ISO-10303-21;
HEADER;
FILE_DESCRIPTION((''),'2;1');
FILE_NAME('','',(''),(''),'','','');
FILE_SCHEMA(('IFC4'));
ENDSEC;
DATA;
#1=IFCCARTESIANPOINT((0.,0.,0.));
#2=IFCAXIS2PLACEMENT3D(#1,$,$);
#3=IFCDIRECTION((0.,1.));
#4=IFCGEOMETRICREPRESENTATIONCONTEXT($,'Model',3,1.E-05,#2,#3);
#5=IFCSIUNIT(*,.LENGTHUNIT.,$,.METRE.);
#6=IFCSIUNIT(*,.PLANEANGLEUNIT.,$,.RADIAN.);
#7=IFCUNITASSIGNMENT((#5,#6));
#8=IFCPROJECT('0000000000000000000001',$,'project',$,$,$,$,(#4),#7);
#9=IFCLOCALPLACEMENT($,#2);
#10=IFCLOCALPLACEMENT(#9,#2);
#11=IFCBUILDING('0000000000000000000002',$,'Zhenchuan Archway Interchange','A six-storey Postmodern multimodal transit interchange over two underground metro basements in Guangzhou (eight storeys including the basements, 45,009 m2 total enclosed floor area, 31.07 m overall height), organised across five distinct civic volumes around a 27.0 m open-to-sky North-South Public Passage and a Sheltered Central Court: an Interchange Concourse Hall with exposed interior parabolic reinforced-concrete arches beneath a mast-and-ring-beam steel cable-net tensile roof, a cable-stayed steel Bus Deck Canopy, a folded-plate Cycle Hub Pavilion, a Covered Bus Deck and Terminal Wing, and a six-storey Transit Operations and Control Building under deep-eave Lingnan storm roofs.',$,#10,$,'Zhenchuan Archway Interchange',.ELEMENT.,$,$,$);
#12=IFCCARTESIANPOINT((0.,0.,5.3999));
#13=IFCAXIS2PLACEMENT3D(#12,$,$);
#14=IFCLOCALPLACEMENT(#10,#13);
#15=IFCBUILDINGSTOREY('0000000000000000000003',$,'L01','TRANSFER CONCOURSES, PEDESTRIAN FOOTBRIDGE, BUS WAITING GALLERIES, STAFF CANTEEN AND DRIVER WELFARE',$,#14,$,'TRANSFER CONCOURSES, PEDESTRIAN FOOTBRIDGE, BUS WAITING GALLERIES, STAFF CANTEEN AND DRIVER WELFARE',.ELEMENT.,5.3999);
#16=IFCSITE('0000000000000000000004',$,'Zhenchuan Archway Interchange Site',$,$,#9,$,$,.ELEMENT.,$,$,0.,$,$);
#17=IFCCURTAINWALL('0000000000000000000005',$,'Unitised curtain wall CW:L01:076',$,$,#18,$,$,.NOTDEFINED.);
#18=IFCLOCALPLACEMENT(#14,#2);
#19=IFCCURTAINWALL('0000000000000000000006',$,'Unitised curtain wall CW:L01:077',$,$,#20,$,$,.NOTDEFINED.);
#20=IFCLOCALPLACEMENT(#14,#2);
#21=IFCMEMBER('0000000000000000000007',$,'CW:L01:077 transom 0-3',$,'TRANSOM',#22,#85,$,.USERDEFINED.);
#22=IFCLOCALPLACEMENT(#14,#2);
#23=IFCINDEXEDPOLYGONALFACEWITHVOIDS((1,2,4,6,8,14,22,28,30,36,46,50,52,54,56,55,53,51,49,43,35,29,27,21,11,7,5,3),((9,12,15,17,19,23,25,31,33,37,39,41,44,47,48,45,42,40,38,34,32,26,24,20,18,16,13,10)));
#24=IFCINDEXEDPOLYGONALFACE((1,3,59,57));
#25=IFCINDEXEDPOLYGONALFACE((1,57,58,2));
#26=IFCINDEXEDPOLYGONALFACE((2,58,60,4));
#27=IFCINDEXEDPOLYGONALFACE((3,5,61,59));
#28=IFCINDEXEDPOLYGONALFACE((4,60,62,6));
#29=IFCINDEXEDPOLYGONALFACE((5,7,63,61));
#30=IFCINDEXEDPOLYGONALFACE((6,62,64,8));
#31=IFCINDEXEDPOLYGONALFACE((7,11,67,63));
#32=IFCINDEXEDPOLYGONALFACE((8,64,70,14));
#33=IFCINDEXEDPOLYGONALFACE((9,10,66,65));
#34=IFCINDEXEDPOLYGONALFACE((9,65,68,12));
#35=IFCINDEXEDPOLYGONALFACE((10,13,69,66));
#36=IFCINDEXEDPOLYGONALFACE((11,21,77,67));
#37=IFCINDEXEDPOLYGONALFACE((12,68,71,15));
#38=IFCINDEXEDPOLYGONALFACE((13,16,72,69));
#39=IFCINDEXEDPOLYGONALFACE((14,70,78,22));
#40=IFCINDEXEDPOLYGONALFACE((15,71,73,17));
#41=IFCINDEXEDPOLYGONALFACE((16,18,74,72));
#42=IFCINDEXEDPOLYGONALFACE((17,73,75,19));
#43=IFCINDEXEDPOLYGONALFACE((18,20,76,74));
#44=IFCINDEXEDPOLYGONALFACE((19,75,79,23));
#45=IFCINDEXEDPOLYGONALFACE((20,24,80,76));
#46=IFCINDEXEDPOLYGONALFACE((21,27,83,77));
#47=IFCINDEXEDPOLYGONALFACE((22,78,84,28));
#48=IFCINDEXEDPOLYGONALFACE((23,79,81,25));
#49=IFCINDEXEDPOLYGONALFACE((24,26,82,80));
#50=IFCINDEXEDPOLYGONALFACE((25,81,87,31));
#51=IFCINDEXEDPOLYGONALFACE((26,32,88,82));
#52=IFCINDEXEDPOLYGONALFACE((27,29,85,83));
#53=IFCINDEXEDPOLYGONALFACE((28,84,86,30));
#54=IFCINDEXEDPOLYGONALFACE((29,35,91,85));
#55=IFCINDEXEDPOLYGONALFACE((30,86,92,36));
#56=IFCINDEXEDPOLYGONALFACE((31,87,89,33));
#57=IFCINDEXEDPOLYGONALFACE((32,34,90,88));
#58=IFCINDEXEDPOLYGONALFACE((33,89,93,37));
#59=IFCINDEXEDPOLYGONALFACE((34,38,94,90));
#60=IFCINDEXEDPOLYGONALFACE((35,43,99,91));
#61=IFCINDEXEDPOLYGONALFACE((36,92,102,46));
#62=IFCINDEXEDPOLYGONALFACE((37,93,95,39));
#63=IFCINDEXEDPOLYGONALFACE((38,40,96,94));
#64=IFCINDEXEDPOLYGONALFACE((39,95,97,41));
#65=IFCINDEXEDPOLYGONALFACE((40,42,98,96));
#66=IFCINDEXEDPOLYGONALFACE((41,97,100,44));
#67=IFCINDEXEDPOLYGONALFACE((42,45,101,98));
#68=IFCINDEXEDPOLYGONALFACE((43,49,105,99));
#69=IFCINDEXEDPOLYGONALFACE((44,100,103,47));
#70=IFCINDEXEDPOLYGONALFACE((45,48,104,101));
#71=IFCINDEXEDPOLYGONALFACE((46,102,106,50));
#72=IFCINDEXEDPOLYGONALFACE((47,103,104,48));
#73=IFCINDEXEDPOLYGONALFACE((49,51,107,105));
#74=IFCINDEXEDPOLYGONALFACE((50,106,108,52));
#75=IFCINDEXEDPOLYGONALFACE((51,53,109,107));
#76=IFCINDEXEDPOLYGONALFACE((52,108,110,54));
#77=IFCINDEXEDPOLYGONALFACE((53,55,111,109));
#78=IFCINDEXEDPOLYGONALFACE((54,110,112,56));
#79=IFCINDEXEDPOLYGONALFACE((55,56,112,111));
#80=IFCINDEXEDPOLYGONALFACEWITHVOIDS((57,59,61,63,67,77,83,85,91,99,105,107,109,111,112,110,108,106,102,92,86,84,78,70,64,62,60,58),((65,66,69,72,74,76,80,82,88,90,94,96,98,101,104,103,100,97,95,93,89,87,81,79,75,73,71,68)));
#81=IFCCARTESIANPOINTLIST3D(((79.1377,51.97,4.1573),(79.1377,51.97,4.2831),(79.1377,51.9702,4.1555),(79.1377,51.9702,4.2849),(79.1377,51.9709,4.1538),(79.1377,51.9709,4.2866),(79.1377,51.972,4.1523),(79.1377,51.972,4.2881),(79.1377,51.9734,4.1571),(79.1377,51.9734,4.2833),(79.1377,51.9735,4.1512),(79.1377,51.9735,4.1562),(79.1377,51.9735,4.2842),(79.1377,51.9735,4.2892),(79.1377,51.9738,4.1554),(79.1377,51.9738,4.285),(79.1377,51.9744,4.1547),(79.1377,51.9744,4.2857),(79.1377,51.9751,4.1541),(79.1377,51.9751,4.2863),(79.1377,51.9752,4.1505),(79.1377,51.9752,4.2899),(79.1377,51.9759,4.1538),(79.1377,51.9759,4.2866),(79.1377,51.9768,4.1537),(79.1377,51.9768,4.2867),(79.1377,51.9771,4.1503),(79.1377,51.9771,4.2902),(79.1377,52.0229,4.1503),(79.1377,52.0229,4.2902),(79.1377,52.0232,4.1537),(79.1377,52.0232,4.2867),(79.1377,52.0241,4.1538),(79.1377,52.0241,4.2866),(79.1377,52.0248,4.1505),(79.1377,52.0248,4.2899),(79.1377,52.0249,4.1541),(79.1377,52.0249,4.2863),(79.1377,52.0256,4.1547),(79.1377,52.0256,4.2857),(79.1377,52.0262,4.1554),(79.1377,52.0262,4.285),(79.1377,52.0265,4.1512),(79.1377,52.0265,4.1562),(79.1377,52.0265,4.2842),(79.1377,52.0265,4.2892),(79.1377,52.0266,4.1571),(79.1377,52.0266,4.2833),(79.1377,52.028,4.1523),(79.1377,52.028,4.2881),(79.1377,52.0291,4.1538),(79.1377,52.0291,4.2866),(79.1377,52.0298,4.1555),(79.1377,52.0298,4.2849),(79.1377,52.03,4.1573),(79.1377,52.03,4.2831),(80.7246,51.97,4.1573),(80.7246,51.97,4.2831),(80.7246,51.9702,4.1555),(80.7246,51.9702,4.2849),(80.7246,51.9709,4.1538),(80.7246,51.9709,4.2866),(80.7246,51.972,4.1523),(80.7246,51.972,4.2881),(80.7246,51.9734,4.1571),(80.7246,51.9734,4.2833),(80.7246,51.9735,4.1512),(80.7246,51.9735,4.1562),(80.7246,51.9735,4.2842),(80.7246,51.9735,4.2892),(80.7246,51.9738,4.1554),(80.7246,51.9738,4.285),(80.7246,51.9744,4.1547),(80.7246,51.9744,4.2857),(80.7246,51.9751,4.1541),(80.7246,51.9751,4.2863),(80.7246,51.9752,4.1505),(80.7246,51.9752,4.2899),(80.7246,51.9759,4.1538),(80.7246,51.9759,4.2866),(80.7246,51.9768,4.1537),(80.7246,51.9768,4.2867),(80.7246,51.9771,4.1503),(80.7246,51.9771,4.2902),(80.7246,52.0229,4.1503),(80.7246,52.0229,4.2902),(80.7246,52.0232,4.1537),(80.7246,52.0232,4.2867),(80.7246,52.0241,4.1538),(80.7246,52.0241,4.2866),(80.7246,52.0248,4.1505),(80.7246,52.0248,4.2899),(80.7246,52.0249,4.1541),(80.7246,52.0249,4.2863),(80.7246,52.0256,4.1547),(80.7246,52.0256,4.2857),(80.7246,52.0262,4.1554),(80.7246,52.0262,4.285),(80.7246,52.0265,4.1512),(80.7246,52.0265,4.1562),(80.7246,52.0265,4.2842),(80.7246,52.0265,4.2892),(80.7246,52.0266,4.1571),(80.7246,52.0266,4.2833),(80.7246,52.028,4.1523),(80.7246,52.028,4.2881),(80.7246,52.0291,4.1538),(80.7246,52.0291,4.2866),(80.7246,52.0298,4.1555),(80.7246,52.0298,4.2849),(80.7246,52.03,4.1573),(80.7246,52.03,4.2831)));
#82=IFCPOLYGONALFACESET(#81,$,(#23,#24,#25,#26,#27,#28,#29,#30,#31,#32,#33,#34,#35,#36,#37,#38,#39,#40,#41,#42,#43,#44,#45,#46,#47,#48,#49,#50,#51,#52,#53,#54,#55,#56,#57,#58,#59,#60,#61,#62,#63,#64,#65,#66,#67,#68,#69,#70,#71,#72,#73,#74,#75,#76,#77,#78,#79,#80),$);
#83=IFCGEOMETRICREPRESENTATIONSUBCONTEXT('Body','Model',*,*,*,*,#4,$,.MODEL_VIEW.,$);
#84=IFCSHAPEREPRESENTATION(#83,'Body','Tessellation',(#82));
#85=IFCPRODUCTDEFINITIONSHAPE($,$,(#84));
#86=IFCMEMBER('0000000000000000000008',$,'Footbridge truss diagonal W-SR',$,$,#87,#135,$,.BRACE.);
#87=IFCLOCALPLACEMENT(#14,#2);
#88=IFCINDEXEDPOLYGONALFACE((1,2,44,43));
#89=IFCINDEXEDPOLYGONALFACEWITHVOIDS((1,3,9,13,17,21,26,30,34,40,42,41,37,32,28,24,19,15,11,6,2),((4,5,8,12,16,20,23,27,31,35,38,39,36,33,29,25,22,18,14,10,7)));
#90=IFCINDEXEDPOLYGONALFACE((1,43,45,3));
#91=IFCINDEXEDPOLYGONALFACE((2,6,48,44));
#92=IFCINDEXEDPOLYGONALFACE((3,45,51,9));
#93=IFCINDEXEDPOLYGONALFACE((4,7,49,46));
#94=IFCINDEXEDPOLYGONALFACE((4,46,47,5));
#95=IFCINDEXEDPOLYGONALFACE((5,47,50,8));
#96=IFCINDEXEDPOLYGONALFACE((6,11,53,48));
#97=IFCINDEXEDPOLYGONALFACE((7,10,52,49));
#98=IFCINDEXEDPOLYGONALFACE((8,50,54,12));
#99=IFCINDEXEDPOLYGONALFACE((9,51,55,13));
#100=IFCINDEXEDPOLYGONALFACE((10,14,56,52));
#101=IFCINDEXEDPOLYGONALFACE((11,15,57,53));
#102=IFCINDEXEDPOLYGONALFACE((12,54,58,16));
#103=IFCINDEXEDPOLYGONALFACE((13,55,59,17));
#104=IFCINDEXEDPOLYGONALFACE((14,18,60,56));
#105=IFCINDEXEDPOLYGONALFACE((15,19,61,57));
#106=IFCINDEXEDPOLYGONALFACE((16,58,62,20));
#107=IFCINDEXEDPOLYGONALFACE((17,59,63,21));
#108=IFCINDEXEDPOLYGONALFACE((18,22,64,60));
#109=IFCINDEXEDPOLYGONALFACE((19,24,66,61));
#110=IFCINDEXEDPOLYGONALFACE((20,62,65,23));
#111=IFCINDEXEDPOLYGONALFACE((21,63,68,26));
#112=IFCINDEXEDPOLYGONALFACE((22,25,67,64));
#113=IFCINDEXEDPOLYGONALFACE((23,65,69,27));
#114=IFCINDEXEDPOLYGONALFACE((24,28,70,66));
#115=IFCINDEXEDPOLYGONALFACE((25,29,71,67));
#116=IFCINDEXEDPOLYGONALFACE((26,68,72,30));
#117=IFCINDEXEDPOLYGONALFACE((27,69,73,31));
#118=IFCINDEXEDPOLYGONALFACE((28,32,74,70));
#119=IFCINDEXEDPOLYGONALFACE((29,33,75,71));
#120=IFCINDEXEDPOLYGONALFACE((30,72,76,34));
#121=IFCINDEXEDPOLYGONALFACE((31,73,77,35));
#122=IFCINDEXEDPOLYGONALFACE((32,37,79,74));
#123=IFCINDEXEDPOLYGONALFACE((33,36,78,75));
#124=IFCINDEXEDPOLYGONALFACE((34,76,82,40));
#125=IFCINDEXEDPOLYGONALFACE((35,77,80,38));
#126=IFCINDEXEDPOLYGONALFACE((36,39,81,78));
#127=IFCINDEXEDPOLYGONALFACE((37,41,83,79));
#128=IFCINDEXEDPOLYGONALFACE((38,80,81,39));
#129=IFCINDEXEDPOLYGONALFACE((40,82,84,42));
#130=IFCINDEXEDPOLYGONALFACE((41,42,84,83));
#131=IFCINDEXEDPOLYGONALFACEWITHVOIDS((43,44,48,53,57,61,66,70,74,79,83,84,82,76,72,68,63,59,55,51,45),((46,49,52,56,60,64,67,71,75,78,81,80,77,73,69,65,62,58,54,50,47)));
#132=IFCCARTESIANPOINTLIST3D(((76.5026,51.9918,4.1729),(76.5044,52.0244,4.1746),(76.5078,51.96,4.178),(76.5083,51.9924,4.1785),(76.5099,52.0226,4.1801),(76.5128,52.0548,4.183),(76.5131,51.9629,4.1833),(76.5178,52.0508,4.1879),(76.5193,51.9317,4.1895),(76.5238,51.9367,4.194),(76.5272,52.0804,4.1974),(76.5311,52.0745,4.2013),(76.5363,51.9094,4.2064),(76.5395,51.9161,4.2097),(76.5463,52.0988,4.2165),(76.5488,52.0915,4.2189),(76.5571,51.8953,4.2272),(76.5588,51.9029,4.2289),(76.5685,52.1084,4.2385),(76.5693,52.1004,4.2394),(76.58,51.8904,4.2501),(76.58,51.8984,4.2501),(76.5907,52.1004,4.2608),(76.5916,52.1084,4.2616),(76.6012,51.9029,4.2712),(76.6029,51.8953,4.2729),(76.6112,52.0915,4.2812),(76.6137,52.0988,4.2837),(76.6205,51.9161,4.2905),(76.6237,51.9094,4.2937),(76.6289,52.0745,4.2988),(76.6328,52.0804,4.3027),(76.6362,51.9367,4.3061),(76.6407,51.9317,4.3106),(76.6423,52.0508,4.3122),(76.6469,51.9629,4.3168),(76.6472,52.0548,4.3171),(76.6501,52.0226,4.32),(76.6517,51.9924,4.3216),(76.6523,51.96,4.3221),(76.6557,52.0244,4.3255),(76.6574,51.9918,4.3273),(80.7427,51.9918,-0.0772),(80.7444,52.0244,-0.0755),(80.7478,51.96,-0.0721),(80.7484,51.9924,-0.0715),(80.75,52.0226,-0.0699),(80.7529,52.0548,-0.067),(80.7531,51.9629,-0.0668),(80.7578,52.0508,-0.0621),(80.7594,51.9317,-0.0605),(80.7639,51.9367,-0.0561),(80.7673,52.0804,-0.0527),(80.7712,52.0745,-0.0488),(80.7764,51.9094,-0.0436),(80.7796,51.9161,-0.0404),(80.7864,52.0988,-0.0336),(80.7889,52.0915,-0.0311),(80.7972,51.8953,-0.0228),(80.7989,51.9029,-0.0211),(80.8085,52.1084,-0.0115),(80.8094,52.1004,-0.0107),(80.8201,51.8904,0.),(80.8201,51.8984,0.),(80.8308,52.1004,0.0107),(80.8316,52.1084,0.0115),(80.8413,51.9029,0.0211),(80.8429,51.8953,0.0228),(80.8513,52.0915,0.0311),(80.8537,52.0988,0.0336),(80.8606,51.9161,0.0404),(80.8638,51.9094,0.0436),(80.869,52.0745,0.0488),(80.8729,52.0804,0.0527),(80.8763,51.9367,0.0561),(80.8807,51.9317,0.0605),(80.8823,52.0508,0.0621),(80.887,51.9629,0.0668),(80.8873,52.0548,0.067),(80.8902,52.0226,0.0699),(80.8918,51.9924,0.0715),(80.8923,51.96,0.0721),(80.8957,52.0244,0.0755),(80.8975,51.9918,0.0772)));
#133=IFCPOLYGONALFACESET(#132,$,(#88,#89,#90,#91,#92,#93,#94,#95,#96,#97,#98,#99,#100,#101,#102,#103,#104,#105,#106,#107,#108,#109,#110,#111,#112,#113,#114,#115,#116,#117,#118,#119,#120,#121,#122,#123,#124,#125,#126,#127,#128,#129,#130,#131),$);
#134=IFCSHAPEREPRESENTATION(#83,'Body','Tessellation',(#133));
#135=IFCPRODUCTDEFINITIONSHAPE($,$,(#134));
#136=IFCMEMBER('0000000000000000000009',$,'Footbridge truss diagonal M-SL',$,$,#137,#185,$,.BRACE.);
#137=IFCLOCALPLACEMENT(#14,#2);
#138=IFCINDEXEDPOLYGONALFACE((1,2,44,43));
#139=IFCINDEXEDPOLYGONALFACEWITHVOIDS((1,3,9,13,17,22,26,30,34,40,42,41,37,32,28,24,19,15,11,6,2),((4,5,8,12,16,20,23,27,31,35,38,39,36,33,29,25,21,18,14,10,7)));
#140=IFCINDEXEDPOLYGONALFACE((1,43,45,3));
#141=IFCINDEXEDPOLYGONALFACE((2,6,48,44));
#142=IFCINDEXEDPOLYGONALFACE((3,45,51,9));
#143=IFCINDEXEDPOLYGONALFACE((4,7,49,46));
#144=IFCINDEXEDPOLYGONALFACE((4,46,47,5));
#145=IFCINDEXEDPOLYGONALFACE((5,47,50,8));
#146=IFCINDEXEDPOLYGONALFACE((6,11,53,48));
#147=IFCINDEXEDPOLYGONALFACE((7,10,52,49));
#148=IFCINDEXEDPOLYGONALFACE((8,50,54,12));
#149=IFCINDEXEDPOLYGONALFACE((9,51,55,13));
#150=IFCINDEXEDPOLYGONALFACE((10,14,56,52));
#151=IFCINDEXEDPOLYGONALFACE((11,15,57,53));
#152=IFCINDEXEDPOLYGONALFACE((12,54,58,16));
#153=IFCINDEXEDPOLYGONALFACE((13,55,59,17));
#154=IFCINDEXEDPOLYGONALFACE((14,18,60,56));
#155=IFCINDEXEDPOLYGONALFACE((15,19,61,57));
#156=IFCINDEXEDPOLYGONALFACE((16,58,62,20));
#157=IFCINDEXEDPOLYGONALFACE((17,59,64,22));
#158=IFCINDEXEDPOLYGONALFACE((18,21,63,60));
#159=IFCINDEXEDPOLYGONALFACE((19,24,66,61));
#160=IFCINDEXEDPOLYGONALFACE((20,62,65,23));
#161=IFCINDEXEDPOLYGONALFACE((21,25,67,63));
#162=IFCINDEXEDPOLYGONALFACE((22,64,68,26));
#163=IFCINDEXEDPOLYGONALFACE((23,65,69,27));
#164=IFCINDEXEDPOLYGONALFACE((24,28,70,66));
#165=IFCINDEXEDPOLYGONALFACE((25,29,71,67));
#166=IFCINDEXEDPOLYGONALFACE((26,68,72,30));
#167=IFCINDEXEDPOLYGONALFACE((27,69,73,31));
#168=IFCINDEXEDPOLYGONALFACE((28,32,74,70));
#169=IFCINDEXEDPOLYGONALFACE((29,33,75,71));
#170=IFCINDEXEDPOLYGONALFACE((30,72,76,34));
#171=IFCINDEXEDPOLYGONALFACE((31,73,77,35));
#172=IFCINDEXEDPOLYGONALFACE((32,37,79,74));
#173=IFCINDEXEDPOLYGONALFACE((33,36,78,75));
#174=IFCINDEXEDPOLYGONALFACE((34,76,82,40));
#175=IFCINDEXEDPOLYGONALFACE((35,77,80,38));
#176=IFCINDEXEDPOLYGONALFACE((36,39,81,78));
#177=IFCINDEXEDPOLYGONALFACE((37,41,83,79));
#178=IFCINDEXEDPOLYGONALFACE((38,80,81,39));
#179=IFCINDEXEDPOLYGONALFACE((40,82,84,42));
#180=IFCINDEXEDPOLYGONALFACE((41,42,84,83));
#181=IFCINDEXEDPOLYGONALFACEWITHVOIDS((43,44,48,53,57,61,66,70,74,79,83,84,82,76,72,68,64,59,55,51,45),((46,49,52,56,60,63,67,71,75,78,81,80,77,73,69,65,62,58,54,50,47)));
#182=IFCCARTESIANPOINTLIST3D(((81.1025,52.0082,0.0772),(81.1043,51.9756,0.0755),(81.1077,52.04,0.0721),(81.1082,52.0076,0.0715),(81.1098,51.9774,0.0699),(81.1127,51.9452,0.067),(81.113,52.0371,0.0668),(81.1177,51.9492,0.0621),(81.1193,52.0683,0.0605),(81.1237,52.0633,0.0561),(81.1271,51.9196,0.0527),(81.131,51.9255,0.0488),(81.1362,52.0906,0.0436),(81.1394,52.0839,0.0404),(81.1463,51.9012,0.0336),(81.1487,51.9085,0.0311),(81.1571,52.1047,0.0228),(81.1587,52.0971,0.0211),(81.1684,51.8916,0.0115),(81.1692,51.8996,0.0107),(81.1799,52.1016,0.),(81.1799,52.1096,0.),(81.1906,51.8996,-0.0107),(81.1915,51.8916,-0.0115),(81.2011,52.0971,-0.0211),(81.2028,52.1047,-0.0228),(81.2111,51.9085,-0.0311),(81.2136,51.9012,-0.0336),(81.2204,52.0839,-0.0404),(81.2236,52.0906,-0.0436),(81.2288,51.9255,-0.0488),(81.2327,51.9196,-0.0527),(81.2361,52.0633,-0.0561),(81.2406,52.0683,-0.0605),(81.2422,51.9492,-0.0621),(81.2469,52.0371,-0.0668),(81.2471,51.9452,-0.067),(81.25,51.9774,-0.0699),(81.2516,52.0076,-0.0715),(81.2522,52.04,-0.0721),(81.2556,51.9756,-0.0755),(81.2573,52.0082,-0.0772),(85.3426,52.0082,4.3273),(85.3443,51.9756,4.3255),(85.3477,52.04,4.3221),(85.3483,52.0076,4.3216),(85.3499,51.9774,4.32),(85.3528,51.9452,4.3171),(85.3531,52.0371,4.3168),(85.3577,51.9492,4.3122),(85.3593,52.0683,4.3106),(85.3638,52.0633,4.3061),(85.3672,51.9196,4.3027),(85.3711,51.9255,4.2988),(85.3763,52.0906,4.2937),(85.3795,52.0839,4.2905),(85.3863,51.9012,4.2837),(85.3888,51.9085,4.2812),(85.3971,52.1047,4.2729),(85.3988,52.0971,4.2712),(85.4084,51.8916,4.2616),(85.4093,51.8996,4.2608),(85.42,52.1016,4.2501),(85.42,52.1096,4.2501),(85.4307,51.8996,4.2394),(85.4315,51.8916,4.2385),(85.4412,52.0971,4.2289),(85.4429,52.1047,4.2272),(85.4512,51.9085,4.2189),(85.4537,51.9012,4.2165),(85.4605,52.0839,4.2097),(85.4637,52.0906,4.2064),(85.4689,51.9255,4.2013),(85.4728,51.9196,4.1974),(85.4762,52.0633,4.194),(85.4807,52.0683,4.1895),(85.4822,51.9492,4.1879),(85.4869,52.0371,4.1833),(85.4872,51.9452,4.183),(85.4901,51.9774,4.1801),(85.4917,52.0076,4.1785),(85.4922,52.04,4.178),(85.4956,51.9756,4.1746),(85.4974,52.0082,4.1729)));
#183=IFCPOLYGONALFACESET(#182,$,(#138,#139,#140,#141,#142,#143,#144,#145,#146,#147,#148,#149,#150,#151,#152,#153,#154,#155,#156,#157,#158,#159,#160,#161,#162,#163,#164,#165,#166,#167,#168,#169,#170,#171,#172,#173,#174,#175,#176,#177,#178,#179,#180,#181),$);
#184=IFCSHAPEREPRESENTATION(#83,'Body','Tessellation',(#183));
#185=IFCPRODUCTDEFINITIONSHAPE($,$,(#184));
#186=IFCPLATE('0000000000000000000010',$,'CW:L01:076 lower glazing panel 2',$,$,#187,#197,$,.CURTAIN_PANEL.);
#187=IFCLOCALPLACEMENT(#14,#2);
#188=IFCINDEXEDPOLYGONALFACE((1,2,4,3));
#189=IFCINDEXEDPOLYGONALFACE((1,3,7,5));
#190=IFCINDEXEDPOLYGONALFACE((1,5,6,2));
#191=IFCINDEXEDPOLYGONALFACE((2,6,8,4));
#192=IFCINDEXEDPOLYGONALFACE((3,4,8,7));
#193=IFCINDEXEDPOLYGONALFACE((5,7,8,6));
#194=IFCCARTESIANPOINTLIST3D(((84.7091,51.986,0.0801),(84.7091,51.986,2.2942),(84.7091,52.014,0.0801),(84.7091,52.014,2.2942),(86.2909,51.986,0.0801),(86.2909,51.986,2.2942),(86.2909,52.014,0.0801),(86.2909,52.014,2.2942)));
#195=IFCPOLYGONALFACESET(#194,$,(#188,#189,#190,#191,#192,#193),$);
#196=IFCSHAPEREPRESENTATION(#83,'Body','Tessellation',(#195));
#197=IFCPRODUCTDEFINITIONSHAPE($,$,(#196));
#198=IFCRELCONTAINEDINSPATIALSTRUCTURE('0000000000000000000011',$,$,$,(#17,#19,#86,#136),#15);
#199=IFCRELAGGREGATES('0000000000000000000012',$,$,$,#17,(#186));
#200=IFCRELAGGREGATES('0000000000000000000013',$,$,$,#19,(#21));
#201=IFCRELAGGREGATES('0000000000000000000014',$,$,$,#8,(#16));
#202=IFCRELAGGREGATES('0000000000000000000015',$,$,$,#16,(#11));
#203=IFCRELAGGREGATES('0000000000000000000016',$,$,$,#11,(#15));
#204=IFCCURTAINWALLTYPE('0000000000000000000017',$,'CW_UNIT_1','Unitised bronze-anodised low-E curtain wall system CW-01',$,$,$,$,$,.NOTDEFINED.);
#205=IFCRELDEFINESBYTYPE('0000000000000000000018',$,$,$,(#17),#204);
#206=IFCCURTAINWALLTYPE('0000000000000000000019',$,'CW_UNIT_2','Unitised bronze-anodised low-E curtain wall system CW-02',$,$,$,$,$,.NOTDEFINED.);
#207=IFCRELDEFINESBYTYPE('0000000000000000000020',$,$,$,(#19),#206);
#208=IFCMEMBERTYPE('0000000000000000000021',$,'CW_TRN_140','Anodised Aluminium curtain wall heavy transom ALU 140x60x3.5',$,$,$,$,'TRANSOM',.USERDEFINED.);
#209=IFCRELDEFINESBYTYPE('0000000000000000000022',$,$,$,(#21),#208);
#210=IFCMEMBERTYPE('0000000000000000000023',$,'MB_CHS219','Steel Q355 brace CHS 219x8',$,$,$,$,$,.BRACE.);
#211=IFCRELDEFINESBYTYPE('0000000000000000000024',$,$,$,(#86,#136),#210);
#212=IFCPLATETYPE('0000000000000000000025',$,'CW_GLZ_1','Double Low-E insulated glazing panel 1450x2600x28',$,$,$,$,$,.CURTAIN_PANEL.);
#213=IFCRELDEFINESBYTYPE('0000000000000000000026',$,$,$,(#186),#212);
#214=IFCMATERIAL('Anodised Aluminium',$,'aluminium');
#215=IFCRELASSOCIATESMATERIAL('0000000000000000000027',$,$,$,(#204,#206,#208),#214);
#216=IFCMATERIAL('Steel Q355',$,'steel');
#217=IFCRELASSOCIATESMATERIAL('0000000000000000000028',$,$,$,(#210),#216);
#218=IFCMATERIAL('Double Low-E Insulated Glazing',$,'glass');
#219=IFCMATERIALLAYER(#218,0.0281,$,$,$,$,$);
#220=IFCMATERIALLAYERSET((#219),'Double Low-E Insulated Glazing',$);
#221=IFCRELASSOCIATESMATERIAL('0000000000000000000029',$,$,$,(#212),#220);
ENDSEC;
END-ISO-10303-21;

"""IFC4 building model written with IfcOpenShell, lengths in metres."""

from ifc_helpers import new_model, si_unit, direction, frame, origin, origin_2d, place, context, subcontext, project, spatial, rectangle, hollow_rectangle, hollow_circle, extrude, material, layer, layer_set, material_profile, profile_set, type_object, element, aggregate, save


model = new_model("IFC4")

# Units and contexts
model_context = context("Model", 3, precision=1e-05, world=origin(), true_north=direction((0.0, 1.0)))
body_context = subcontext(model_context, "Body", "Model", "MODEL_VIEW")
ifc_project = project(units=[si_unit("LENGTHUNIT", "METRE"), si_unit("PLANEANGLEUNIT", "RADIAN")], contexts=[model_context])

# Site, building, storey
site_placement = place(None, origin())
site = spatial("IfcSite", under=ifc_project, at=site_placement, Name="Zhenchuan Archway Interchange Site", CompositionType="ELEMENT", RefElevation=0.0)
building_placement = place(site_placement, origin())
building = spatial("IfcBuilding", under=site, at=building_placement, Name="Zhenchuan Archway Interchange", Description="A six-storey Postmodern multimodal transit interchange over two underground metro basements in Guangzhou (eight storeys including the basements, 45,009 m2 total enclosed floor area, 31.07 m overall height), organised across five distinct civic volumes around a 27.0 m open-to-sky North-South Public Passage and a Sheltered Central Court: an Interchange Concourse Hall with exposed interior parabolic reinforced-concrete arches beneath a mast-and-ring-beam steel cable-net tensile roof, a cable-stayed steel Bus Deck Canopy, a folded-plate Cycle Hub Pavilion, a Covered Bus Deck and Terminal Wing, and a six-storey Transit Operations and Control Building under deep-eave Lingnan storm roofs.", LongName="Zhenchuan Archway Interchange", CompositionType="ELEMENT")
storey_placement = place(building_placement, frame((0.0, 0.0, 5.3999)))
storey = spatial("IfcBuildingStorey", under=building, at=storey_placement, Name="L01", Description="TRANSFER CONCOURSES, PEDESTRIAN FOOTBRIDGE, BUS WAITING GALLERIES, STAFF CANTEEN AND DRIVER WELFARE", LongName="TRANSFER CONCOURSES, PEDESTRIAN FOOTBRIDGE, BUS WAITING GALLERIES, STAFF CANTEEN AND DRIVER WELFARE", CompositionType="ELEMENT", Elevation=5.3999)

# Curtain wall
ifc_material_1 = material(Name="Anodised Aluminium", Category="aluminium")
curtain_wall_type_1 = type_object("IfcCurtainWallType", Name="CW_UNIT_1", Description="Unitised bronze-anodised low-E curtain wall system CW-01", PredefinedType="NOTDEFINED", material=ifc_material_1)
curtain_wall_1_placement = place(storey_placement, origin())
curtain_wall_1 = element("IfcCurtainWall", 1, at=curtain_wall_1_placement, inside=storey, type_object=curtain_wall_type_1, Name="Unitised curtain wall CW:L01:076", PredefinedType="NOTDEFINED")

# Curtain wall
curtain_wall_type_2 = type_object("IfcCurtainWallType", Name="CW_UNIT_2", Description="Unitised bronze-anodised low-E curtain wall system CW-02", PredefinedType="NOTDEFINED", material=ifc_material_1)
curtain_wall_2_placement = place(storey_placement, origin())
curtain_wall_2 = element("IfcCurtainWall", 2, at=curtain_wall_2_placement, inside=storey, type_object=curtain_wall_type_2, Name="Unitised curtain wall CW:L01:077", PredefinedType="NOTDEFINED")

# Member
ifc_material_profile_1 = material_profile(ifc_material_1, hollow_rectangle(XDim=0.0601, YDim=0.1399, WallThickness=0.0034, InnerFilletRadius=0.0034, OuterFilletRadius=0.0071, at=origin_2d()), Name="ALU 140x60x3.5")
ifc_profile_set_1 = profile_set([ifc_material_profile_1], Name="Anodised Aluminium")
member_type_1 = type_object("IfcMemberType", Name="CW_TRN_140", Description="Anodised Aluminium curtain wall heavy transom ALU 140x60x3.5", ElementType="TRANSOM", PredefinedType="USERDEFINED", material=ifc_profile_set_1)
member_1_placement = place(storey_placement, frame((80.7246, 52.0, 4.2202), z_axis=(-1.0, 0.0, 0.0), x_axis=(0.0, -1.0, 0.0)))
member_1 = element("IfcMember", 3, at=member_1_placement, type_object=member_type_1, Name="CW:L01:077 transom 0-3", ObjectType="TRANSOM", PredefinedType="USERDEFINED", context=body_context, shape_type="SweptSolid", body=[
    extrude(hollow_rectangle(XDim=0.0601, YDim=0.1399, WallThickness=0.0034, InnerFilletRadius=0.0034, OuterFilletRadius=0.0071, at=origin_2d()), origin(), (0.0, 0.0, 1.0), 1.5869),
])

# Members
ifc_material_2 = material(Name="Steel Q355", Category="steel")
ifc_material_profile_2 = material_profile(ifc_material_2, hollow_circle(Radius=0.1096, WallThickness=0.0081, at=origin_2d()), Name="CHS 219x8")
ifc_profile_set_2 = profile_set([ifc_material_profile_2], Name="Steel Q355")
member_type_2 = type_object("IfcMemberType", Name="MB_CHS219", Description="Steel Q355 brace CHS 219x8", PredefinedType="BRACE", material=ifc_profile_set_2)
for number, where, z_axis, x_axis, name in (
    (4, (80.8201, 52.0, 0.0), (-0.706273, 0.0, 0.70794), (0.0, -1.0, 0.0), "Footbridge truss diagonal W-SR"),
    (5, (81.1799, 52.0, 0.0), (0.706273, 0.0, 0.70794), (0.0, 1.0, 0.0), "Footbridge truss diagonal M-SL"),
):
    element("IfcMember", number, at=place(storey_placement, frame(where, z_axis=z_axis, x_axis=x_axis)), inside=storey, type_object=member_type_2, Name=name, PredefinedType="BRACE", context=body_context, shape_type="SweptSolid", body=[
        extrude(hollow_circle(Radius=0.1096, WallThickness=0.0081, at=origin_2d()), origin(), (0.0, 0.0, 1.0), 6.0034),
    ])

# Plate
ifc_material_3 = material(Name="Double Low-E Insulated Glazing", Category="glass")
ifc_layer_1 = layer(ifc_material_3, 0.0281)
ifc_layer_set_1 = layer_set([ifc_layer_1], Name="Double Low-E Insulated Glazing")
plate_type_1 = type_object("IfcPlateType", Name="CW_GLZ_1", Description="Double Low-E insulated glazing panel 1450x2600x28", PredefinedType="CURTAIN_PANEL", material=ifc_layer_set_1)
plate_1_placement = place(storey_placement, frame((85.5, 52.0, 0.0801), z_axis=(0.0, 0.0, 1.0), x_axis=(-1.0, 0.0, 0.0)))
plate_1 = element("IfcPlate", 6, at=plate_1_placement, type_object=plate_type_1, Name="CW:L01:076 lower glazing panel 2", PredefinedType="CURTAIN_PANEL", context=body_context, shape_type="SweptSolid", body=[
    extrude(rectangle(XDim=1.5818, YDim=0.0281, at=origin_2d()), origin(), (0.0, 0.0, 1.0), 2.2141),
])
aggregate(curtain_wall_1, [plate_1])
aggregate(curtain_wall_2, [member_1])

save(model, "model.ifc")
